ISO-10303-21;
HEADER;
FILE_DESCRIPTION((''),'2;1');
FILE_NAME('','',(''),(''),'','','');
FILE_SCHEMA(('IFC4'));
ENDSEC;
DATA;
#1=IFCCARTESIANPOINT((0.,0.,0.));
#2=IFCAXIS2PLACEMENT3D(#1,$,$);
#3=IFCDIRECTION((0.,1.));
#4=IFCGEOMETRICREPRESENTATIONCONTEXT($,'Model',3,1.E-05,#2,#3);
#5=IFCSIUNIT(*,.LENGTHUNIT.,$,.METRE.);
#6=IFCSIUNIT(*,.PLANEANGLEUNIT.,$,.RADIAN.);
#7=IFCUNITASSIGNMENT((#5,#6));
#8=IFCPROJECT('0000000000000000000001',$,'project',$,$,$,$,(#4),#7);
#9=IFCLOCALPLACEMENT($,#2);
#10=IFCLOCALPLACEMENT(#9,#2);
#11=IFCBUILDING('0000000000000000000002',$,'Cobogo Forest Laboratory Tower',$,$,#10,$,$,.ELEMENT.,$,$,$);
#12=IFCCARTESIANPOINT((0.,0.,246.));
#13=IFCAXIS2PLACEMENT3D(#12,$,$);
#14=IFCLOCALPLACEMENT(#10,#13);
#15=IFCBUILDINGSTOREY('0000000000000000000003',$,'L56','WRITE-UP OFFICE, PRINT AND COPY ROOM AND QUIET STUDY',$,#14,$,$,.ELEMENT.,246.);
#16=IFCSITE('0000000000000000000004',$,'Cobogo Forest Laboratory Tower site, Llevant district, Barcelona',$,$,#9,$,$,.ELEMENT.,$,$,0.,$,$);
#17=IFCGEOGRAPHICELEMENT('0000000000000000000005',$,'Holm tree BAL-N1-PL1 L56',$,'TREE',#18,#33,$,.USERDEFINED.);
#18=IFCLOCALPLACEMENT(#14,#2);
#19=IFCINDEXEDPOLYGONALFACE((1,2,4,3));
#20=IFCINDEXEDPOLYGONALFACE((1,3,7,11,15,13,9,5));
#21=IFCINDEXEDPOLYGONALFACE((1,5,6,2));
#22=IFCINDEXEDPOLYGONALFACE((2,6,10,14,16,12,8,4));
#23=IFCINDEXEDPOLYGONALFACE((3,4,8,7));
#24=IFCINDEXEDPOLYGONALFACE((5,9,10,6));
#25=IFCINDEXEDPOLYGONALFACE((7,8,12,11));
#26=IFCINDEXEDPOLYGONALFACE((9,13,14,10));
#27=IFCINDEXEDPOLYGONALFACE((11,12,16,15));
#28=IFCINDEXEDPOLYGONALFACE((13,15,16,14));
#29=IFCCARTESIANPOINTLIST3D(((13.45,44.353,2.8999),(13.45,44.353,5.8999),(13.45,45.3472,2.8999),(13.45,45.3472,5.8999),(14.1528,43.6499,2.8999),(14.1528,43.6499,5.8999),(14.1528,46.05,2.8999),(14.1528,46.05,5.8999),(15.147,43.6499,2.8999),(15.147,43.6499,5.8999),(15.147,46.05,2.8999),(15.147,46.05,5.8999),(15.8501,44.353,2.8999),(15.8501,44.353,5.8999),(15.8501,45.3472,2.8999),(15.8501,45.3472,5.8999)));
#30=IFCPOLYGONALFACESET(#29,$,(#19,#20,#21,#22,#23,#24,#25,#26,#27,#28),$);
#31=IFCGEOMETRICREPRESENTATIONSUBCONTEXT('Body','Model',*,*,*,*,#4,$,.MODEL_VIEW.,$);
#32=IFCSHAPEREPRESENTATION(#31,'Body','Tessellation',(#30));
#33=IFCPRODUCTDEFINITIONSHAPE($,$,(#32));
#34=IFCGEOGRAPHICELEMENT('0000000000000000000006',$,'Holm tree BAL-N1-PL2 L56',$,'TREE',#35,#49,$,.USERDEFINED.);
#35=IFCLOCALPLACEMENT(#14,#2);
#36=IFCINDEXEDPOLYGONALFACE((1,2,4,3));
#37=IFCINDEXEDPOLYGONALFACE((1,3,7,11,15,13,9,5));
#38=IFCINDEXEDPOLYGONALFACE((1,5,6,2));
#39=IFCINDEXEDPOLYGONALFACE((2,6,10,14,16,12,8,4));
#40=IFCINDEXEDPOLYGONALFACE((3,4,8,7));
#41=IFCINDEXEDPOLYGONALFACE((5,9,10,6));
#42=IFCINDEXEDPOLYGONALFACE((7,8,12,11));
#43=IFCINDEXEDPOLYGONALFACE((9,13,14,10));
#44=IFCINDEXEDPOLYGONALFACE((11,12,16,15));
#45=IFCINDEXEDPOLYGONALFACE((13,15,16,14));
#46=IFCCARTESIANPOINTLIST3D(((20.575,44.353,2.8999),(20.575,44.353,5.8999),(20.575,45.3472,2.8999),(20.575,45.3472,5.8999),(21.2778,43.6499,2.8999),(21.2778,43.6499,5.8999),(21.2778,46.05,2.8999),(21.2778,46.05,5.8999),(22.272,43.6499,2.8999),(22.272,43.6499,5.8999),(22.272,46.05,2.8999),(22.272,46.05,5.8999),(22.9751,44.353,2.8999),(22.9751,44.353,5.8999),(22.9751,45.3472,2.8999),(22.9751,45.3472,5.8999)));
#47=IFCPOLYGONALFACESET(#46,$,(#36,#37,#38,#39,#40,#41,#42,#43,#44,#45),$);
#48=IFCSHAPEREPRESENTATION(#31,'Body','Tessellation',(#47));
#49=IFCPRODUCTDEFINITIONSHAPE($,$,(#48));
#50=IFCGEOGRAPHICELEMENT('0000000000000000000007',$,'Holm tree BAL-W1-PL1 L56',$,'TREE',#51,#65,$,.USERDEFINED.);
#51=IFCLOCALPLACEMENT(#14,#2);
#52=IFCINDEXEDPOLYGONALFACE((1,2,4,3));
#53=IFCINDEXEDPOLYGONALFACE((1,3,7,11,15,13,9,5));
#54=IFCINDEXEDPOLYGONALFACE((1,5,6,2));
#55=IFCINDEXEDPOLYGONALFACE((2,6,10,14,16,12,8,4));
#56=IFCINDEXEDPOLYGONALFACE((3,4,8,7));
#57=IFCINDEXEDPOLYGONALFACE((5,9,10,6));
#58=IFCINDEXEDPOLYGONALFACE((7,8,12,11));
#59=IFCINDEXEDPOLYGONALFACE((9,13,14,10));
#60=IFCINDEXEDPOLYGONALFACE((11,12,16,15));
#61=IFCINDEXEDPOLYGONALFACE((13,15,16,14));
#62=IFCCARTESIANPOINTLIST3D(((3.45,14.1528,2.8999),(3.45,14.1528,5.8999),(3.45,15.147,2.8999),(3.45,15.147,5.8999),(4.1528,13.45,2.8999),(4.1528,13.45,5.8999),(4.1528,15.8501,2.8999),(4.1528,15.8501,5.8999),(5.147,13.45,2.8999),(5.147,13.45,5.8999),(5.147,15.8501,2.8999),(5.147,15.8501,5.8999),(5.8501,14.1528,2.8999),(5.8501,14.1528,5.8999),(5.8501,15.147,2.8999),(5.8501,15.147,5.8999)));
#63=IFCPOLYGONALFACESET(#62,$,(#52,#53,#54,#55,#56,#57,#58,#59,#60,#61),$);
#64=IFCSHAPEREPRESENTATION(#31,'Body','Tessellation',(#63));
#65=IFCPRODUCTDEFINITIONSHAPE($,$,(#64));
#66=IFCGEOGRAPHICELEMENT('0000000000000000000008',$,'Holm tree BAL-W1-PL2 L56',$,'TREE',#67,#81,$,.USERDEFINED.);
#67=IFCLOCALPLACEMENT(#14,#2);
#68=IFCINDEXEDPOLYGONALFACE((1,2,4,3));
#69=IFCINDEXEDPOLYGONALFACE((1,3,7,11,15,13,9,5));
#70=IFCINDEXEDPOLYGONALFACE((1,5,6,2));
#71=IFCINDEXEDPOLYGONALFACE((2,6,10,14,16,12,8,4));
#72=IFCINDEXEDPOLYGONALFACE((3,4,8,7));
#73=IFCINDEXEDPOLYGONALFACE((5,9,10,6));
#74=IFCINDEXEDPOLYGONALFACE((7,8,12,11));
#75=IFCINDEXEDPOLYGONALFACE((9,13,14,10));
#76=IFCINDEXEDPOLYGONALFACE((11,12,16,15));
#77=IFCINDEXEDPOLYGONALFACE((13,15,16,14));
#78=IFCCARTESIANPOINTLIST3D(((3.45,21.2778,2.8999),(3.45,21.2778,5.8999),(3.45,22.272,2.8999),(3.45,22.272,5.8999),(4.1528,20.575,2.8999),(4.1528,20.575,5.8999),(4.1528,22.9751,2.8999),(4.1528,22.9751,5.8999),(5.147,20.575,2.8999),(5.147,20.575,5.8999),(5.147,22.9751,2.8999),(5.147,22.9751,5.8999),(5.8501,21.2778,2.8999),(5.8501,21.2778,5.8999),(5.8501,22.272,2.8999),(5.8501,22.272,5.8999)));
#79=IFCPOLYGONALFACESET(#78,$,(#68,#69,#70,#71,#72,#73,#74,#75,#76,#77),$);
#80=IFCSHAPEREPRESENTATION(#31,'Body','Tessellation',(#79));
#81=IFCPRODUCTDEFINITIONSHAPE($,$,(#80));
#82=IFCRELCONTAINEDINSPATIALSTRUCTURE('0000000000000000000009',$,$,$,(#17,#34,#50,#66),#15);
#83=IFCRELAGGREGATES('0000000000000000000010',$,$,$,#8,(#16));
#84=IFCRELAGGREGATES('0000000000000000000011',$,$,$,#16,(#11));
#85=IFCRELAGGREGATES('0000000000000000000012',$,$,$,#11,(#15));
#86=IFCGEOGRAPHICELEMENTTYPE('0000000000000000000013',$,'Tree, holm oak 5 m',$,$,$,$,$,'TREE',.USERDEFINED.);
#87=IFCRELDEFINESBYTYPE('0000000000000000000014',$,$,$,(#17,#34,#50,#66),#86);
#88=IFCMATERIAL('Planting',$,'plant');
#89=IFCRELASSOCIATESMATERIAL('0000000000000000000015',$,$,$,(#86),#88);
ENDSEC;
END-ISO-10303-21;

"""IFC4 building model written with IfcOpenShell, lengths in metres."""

from ifc_helpers import new_model, si_unit, direction, frame, origin, place, context, subcontext, project, spatial, polyline, outline, extrude, material, type_object, element, save


model = new_model("IFC4")

# Units and contexts
model_context = context("Model", 3, precision=1e-05, world=origin(), true_north=direction((0.0, 1.0)))
body_context = subcontext(model_context, "Body", "Model", "MODEL_VIEW")
ifc_project = project(units=[si_unit("LENGTHUNIT", "METRE"), si_unit("PLANEANGLEUNIT", "RADIAN")], contexts=[model_context])

# Site, building, storey
site_placement = place(None, origin())
site = spatial("IfcSite", under=ifc_project, at=site_placement, Name="Cobogo Forest Laboratory Tower site, Llevant district, Barcelona", CompositionType="ELEMENT", RefElevation=0.0)
building_placement = place(site_placement, origin())
building = spatial("IfcBuilding", under=site, at=building_placement, Name="Cobogo Forest Laboratory Tower", CompositionType="ELEMENT")
storey_placement = place(building_placement, frame((0.0, 0.0, 246.0)))
storey = spatial("IfcBuildingStorey", under=building, at=storey_placement, Name="L56", Description="WRITE-UP OFFICE, PRINT AND COPY ROOM AND QUIET STUDY", CompositionType="ELEMENT", Elevation=246.0)

# Geographic elements
ifc_material_1 = material(Name="Planting", Category="plant")
geographic_element_type = type_object("IfcGeographicElementType", Name="Tree, holm oak 5 m", ElementType="TREE", PredefinedType="USERDEFINED", material=ifc_material_1)
geographic_element_1_placement = place(storey_placement, frame((0.0, 0.0, 2.8999)))
element("IfcGeographicElement", 1, at=geographic_element_1_placement, inside=storey, type_object=geographic_element_type, Name="Holm tree BAL-N1-PL1 L56", ObjectType="TREE", PredefinedType="USERDEFINED", context=body_context, shape_type="SweptSolid", body=[
    extrude(outline(polyline([(15.8501, 44.353), (15.8501, 45.3472), (15.147, 46.05), (14.1528, 46.05), (13.45, 45.3472), (13.45, 44.353), (14.1528, 43.6499), (15.147, 43.6499), (15.8501, 44.353)])), origin(), (0.0, 0.0, 1.0), 3.0),
])
geographic_element_2_placement = place(storey_placement, frame((0.0, 0.0, 2.8999)))
element("IfcGeographicElement", 2, at=geographic_element_2_placement, inside=storey, type_object=geographic_element_type, Name="Holm tree BAL-N1-PL2 L56", ObjectType="TREE", PredefinedType="USERDEFINED", context=body_context, shape_type="SweptSolid", body=[
    extrude(outline(polyline([(22.9751, 44.353), (22.9751, 45.3472), (22.272, 46.05), (21.2778, 46.05), (20.575, 45.3472), (20.575, 44.353), (21.2778, 43.6499), (22.272, 43.6499), (22.9751, 44.353)])), origin(), (0.0, 0.0, 1.0), 3.0),
])
geographic_element_3_placement = place(storey_placement, frame((0.0, 0.0, 2.8999)))
element("IfcGeographicElement", 3, at=geographic_element_3_placement, inside=storey, type_object=geographic_element_type, Name="Holm tree BAL-W1-PL1 L56", ObjectType="TREE", PredefinedType="USERDEFINED", context=body_context, shape_type="SweptSolid", body=[
    extrude(outline(polyline([(5.8501, 14.1528), (5.8501, 15.147), (5.147, 15.8501), (4.1528, 15.8501), (3.45, 15.147), (3.45, 14.1528), (4.1528, 13.45), (5.147, 13.45), (5.8501, 14.1528)])), origin(), (0.0, 0.0, 1.0), 3.0),
])
geographic_element_4_placement = place(storey_placement, frame((0.0, 0.0, 2.8999)))
element("IfcGeographicElement", 4, at=geographic_element_4_placement, inside=storey, type_object=geographic_element_type, Name="Holm tree BAL-W1-PL2 L56", ObjectType="TREE", PredefinedType="USERDEFINED", context=body_context, shape_type="SweptSolid", body=[
    extrude(outline(polyline([(5.8501, 21.2778), (5.8501, 22.272), (5.147, 22.9751), (4.1528, 22.9751), (3.45, 22.272), (3.45, 21.2778), (4.1528, 20.575), (5.147, 20.575), (5.8501, 21.2778)])), origin(), (0.0, 0.0, 1.0), 3.0),
])

save(model, "model.ifc")
